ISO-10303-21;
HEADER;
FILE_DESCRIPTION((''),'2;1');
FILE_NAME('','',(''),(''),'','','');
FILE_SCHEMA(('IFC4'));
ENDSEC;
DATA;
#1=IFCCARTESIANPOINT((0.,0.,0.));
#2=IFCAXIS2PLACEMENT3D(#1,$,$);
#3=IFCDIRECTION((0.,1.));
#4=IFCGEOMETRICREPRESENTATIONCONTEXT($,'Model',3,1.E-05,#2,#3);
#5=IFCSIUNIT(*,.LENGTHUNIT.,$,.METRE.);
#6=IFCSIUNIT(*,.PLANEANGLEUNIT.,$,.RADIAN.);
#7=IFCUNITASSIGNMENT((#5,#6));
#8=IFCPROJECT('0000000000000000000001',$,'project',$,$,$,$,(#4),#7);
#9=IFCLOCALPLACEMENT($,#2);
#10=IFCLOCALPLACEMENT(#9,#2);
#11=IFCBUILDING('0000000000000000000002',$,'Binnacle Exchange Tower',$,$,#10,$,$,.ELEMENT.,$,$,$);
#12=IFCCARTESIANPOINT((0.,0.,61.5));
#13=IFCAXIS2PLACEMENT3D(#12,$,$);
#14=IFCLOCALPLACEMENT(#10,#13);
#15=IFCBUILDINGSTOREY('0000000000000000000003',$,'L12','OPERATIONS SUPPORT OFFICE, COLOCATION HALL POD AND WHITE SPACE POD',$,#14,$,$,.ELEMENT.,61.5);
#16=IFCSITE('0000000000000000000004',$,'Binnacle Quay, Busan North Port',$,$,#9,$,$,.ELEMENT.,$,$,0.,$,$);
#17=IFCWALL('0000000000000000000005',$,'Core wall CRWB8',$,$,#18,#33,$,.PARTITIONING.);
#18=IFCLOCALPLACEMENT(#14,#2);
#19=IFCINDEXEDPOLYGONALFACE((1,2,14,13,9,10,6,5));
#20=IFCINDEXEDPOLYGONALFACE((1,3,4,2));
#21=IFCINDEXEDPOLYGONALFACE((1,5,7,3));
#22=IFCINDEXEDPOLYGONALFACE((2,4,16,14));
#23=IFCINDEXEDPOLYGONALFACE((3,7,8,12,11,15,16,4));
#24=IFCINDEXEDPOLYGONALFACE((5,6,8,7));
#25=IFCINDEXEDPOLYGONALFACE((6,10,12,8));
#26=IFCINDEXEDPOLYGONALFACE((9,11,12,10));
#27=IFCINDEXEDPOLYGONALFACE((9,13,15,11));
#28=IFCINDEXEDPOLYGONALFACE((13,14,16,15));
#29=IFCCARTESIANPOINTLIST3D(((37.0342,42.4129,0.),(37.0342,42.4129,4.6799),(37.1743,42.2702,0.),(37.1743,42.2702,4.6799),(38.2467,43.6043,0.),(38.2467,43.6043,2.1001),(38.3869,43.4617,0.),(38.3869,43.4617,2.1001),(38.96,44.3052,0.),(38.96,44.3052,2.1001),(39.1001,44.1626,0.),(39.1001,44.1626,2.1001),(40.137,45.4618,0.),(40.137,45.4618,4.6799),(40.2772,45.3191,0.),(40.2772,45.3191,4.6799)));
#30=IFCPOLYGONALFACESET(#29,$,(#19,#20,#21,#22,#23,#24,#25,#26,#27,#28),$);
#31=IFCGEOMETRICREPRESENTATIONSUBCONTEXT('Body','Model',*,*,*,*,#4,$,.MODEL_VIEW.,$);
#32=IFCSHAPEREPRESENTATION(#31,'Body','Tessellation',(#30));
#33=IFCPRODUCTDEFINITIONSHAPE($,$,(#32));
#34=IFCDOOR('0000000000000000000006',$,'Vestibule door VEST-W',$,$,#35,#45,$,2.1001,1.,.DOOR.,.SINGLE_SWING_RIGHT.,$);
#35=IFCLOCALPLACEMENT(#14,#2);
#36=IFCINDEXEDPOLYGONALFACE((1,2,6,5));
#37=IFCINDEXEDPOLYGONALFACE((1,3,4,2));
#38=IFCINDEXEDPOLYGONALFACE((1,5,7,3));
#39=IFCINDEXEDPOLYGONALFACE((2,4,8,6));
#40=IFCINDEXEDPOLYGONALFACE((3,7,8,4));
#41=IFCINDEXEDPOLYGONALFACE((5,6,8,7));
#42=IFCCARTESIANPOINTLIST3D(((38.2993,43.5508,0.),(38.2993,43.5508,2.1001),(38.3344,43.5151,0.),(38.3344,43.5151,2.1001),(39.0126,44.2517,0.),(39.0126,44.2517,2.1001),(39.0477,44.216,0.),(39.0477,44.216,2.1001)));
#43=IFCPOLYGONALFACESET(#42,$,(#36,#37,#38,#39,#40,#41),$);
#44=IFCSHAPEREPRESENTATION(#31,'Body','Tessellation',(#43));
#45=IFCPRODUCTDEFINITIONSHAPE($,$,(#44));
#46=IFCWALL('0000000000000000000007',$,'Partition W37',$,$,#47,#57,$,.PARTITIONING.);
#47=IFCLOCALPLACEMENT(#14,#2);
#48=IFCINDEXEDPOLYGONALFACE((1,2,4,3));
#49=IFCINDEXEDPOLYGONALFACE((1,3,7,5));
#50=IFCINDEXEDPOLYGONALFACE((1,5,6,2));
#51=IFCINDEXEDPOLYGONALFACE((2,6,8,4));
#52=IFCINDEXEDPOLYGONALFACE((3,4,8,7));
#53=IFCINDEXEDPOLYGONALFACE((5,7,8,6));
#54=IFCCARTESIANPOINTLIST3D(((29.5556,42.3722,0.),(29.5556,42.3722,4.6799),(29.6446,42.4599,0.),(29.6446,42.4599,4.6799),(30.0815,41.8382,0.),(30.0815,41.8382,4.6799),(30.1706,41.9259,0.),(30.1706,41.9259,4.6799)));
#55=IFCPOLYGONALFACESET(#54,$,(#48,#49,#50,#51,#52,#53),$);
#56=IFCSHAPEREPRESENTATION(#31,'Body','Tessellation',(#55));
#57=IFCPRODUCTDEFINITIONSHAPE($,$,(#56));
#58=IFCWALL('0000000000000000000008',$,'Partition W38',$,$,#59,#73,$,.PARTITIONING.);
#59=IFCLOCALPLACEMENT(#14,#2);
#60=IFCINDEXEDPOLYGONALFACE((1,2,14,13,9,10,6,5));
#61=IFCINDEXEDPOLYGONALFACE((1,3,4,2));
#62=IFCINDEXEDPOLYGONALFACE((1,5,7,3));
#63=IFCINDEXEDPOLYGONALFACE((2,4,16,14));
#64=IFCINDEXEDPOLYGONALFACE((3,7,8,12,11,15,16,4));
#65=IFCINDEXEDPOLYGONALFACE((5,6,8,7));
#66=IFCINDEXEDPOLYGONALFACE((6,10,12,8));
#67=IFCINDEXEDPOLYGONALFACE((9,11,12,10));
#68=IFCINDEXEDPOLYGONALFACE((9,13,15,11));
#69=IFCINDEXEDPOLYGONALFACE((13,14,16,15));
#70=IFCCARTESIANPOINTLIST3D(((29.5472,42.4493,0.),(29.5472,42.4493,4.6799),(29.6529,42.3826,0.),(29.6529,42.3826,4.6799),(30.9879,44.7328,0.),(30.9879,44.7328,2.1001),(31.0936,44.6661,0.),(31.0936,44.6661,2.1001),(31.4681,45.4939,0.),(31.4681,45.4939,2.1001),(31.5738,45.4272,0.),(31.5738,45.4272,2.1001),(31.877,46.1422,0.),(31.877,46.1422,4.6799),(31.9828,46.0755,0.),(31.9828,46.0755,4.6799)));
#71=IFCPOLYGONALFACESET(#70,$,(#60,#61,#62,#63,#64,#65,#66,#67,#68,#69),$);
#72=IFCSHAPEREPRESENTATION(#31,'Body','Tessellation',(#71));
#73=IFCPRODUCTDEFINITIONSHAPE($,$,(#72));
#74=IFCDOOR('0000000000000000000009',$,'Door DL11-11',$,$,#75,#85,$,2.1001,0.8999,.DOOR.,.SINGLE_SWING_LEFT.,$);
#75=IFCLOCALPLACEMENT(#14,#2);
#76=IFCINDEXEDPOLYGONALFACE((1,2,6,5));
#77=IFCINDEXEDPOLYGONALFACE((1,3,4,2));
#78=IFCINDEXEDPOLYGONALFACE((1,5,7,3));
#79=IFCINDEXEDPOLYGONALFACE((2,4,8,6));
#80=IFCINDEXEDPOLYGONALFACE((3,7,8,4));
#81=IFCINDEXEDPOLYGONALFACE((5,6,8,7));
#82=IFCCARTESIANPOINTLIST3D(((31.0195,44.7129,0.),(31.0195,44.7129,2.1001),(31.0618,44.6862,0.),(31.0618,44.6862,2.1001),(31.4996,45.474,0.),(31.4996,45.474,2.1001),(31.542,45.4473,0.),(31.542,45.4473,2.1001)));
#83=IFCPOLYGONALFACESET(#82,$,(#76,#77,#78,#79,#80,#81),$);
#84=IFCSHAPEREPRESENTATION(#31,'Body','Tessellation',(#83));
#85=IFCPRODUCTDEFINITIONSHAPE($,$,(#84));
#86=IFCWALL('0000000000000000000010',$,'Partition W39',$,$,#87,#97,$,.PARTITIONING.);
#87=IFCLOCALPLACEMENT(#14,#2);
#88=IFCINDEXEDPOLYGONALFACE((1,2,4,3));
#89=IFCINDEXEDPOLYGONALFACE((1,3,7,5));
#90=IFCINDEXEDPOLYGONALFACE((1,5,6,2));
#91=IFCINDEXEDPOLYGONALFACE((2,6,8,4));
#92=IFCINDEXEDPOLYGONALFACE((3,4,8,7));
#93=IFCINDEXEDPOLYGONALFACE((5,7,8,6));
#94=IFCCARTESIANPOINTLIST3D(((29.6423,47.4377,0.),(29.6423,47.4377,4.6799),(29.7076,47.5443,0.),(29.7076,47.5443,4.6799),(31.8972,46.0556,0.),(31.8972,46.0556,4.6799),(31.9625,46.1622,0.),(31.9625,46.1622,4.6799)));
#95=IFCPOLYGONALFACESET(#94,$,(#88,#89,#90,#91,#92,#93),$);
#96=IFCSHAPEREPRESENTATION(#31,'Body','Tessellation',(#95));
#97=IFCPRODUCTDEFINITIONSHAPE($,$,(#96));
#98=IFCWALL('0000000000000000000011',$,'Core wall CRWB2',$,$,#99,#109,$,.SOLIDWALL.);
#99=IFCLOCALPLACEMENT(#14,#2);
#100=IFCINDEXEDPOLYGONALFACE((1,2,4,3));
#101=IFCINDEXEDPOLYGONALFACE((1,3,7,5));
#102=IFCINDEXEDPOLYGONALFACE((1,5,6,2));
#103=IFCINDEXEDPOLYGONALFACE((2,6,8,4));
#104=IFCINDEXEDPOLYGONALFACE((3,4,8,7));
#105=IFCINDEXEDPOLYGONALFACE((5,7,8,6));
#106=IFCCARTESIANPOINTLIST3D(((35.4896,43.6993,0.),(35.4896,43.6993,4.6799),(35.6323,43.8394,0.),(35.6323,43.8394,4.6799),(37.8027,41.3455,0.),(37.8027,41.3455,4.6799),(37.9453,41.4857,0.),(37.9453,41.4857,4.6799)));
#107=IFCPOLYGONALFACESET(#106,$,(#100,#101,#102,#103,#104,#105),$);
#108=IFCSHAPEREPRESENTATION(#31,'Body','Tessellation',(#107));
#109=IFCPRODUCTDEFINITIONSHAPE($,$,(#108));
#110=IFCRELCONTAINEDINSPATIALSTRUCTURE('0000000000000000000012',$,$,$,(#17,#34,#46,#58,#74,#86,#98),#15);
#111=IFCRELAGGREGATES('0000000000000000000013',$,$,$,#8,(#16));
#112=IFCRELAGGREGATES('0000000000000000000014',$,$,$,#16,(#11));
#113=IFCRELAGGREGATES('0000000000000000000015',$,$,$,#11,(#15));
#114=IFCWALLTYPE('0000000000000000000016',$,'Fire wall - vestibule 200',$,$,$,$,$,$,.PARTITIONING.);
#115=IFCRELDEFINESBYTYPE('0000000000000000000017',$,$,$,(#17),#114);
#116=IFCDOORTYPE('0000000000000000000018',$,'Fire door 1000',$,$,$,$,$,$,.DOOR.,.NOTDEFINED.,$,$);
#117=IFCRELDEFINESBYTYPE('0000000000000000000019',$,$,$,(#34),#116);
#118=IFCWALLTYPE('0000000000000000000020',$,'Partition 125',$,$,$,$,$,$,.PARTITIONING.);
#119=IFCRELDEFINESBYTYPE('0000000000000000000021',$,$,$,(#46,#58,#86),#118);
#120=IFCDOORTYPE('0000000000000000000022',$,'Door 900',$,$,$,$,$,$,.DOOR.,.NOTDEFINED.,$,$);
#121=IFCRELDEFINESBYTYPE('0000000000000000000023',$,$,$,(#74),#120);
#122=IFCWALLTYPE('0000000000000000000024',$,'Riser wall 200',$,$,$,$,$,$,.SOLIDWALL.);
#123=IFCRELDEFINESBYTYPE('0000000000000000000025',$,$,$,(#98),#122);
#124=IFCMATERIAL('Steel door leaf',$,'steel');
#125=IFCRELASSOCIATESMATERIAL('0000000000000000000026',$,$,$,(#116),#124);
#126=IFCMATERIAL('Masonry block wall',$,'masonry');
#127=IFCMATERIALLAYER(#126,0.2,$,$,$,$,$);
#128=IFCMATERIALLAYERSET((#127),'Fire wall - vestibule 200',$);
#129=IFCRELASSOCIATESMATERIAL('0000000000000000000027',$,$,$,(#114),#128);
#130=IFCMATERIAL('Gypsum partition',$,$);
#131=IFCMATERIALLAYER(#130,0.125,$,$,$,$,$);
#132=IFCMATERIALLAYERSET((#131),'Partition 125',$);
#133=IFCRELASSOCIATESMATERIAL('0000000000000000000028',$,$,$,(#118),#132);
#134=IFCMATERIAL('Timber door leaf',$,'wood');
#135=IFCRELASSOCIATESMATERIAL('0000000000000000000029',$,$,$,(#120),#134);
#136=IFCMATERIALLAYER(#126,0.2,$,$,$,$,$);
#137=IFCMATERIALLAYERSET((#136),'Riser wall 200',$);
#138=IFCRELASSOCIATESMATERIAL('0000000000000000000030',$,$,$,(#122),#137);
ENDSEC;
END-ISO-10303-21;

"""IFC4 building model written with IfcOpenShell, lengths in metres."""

from ifc_helpers import new_model, si_unit, direction, frame, frame_2d, origin, place, context, subcontext, project, spatial, rectangle, extrude, material, layer, layer_set, type_object, element, fill, save


model = new_model("IFC4")

# Units and contexts
model_context = context("Model", 3, precision=1e-05, world=origin(), true_north=direction((0.0, 1.0)))
body_context = subcontext(model_context, "Body", "Model", "MODEL_VIEW")
ifc_project = project(units=[si_unit("LENGTHUNIT", "METRE"), si_unit("PLANEANGLEUNIT", "RADIAN")], contexts=[model_context])

# Site, building, storey
site_placement = place(None, origin())
site = spatial("IfcSite", under=ifc_project, at=site_placement, Name="Binnacle Quay, Busan North Port", CompositionType="ELEMENT", RefElevation=0.0)
building_placement = place(site_placement, origin())
building = spatial("IfcBuilding", under=site, at=building_placement, Name="Binnacle Exchange Tower", CompositionType="ELEMENT")
storey_placement = place(building_placement, frame((0.0, 0.0, 61.5)))
storey = spatial("IfcBuildingStorey", under=building, at=storey_placement, Name="L12", Description="OPERATIONS SUPPORT OFFICE, COLOCATION HALL POD AND WHITE SPACE POD", CompositionType="ELEMENT", Elevation=61.5)

# Shared definitions
ifc_material_1 = material(Name="Steel door leaf", Category="steel")
door_type_1 = type_object("IfcDoorType", Name="Fire door 1000", OperationType="NOTDEFINED", PredefinedType="DOOR", material=ifc_material_1)

# Wall, opening, door
ifc_material_2 = material(Name="Masonry block wall", Category="masonry")
ifc_layer_1 = layer(ifc_material_2, 0.2)
ifc_layer_set_1 = layer_set([ifc_layer_1], Name="Fire wall - vestibule 200")
wall_type_1 = type_object("IfcWallType", Name="Fire wall - vestibule 200", PredefinedType="PARTITIONING", material=ifc_layer_set_1)
wall_1_placement = place(storey_placement, frame((37.1042, 42.3416, 0.0), z_axis=(0.0, 0.0, 1.0), x_axis=(0.713281, 0.700878, 0.0)))
wall_1 = element("IfcWall", 1, at=wall_1_placement, inside=storey, type_object=wall_type_1, Name="Core wall CRWB8", PredefinedType="PARTITIONING", context=body_context, shape_type="SweptSolid", body=[
    extrude(rectangle(XDim=4.3501, YDim=0.2, at=frame_2d((2.175, 0.0))), origin(), (0.0, 0.0, 1.0), 4.6799),
])
opening_1_placement = place(wall_1_placement, frame((1.7, 0.0, 0.0)))
opening_1 = element("IfcOpeningElement", 2, at=opening_1_placement, cuts=wall_1, PredefinedType="OPENING", context=body_context, shape_type="SweptSolid", body=[
    extrude(rectangle(XDim=1.0, YDim=2.1001, at=frame_2d((0.5, 1.05))), frame((0.0, 0.1099, 0.0), z_axis=(0.0, -1.0, 0.0), x_axis=(1.0, 0.0, 0.0)), (0.0, 0.0, 1.0), 0.22),
])
door_1_placement = place(opening_1_placement, origin())
door_1 = element("IfcDoor", 3, at=door_1_placement, inside=storey, type_object=door_type_1, Name="Vestibule door VEST-W", OperationType="SINGLE_SWING_RIGHT", OverallHeight=2.1001, OverallWidth=1.0, PredefinedType="DOOR", context=body_context, shape_type="SweptSolid", body=[
    extrude(rectangle(XDim=1.0, YDim=2.1001, at=frame_2d((0.5, 1.05))), frame((0.0, 0.0249, 0.0), z_axis=(0.0, -1.0, 0.0), x_axis=(1.0, 0.0, 0.0)), (0.0, 0.0, 1.0), 0.05),
])
fill(opening_1, door_1)

# Wall
ifc_material_3 = material(Name="Gypsum partition")
ifc_layer_2 = layer(ifc_material_3, 0.125)
ifc_layer_set_2 = layer_set([ifc_layer_2], Name="Partition 125")
wall_type_2 = type_object("IfcWallType", Name="Partition 125", PredefinedType="PARTITIONING", material=ifc_layer_set_2)
wall_2_placement = place(storey_placement, frame((29.6001, 42.416, 0.0), z_axis=(0.0, 0.0, 1.0), x_axis=(0.701711, -0.712462, 0.0)))
element("IfcWall", 4, at=wall_2_placement, inside=storey, type_object=wall_type_2, Name="Partition W37", PredefinedType="PARTITIONING", context=body_context, shape_type="SweptSolid", body=[
    extrude(rectangle(XDim=0.7495, YDim=0.125, at=frame_2d((0.3748, 0.0))), origin(), (0.0, 0.0, 1.0), 4.6799),
])

# Wall, opening, door
wall_3_placement = place(storey_placement, frame((29.6001, 42.416, 0.0), z_axis=(0.0, 0.0, 1.0), x_axis=(0.533583, 0.845748, 0.0)))
wall_3 = element("IfcWall", 5, at=wall_3_placement, inside=storey, type_object=wall_type_2, Name="Partition W38", PredefinedType="PARTITIONING", context=body_context, shape_type="SweptSolid", body=[
    extrude(rectangle(XDim=4.3665, YDim=0.125, at=frame_2d((2.1831, 0.0))), origin(), (0.0, 0.0, 1.0), 4.6799),
])
opening_2_placement = place(wall_3_placement, frame((2.7, 0.0, 0.0)))
opening_2 = element("IfcOpeningElement", 6, at=opening_2_placement, cuts=wall_3, PredefinedType="OPENING", context=body_context, shape_type="SweptSolid", body=[
    extrude(rectangle(XDim=0.8999, YDim=2.1001, at=frame_2d((0.45, 1.05))), frame((0.0, 0.0725, 0.0), z_axis=(0.0, -1.0, 0.0), x_axis=(1.0, 0.0, 0.0)), (0.0, 0.0, 1.0), 0.145),
])
ifc_material_4 = material(Name="Timber door leaf", Category="wood")
door_type_2 = type_object("IfcDoorType", Name="Door 900", OperationType="NOTDEFINED", PredefinedType="DOOR", material=ifc_material_4)
door_2_placement = place(opening_2_placement, frame((0.8999, 0.0, 0.0), z_axis=(0.0, 0.0, 1.0), x_axis=(-1.0, 0.0, 0.0)))
door_2 = element("IfcDoor", 7, at=door_2_placement, inside=storey, type_object=door_type_2, Name="Door DL11-11", OperationType="SINGLE_SWING_LEFT", OverallHeight=2.1001, OverallWidth=0.8999, PredefinedType="DOOR", context=body_context, shape_type="SweptSolid", body=[
    extrude(rectangle(XDim=0.8999, YDim=2.1001, at=frame_2d((0.45, 1.05))), frame((0.0, 0.0249, 0.0), z_axis=(0.0, -1.0, 0.0), x_axis=(1.0, 0.0, 0.0)), (0.0, 0.0, 1.0), 0.05),
])
fill(opening_2, door_2)

# Walls
wall_4_placement = place(storey_placement, frame((29.675, 47.491, 0.0), z_axis=(0.0, 0.0, 1.0), x_axis=(0.852592, -0.522577, 0.0)))
element("IfcWall", 8, at=wall_4_placement, inside=storey, type_object=wall_type_2, Name="Partition W39", PredefinedType="PARTITIONING", context=body_context, shape_type="SweptSolid", body=[
    extrude(rectangle(XDim=2.6448, YDim=0.125, at=frame_2d((1.3223, 0.0))), origin(), (0.0, 0.0, 1.0), 4.6799),
])
ifc_layer_3 = layer(ifc_material_2, 0.2)
ifc_layer_set_3 = layer_set([ifc_layer_3], Name="Riser wall 200")
wall_type_3 = type_object("IfcWallType", Name="Riser wall 200", PredefinedType="SOLIDWALL", material=ifc_layer_set_3)
wall_5_placement = place(storey_placement, frame((35.561, 43.7693, 0.0), z_axis=(0.0, 0.0, 1.0), x_axis=(0.700902, -0.713257, 0.0)))
element("IfcWall", 9, at=wall_5_placement, inside=storey, type_object=wall_type_3, Name="Core wall CRWB2", PredefinedType="SOLIDWALL", context=body_context, shape_type="SweptSolid", body=[
    extrude(rectangle(XDim=3.3, YDim=0.2, at=frame_2d((1.6499, 0.0))), origin(), (0.0, 0.0, 1.0), 4.6799),
])

save(model, "model.ifc")
